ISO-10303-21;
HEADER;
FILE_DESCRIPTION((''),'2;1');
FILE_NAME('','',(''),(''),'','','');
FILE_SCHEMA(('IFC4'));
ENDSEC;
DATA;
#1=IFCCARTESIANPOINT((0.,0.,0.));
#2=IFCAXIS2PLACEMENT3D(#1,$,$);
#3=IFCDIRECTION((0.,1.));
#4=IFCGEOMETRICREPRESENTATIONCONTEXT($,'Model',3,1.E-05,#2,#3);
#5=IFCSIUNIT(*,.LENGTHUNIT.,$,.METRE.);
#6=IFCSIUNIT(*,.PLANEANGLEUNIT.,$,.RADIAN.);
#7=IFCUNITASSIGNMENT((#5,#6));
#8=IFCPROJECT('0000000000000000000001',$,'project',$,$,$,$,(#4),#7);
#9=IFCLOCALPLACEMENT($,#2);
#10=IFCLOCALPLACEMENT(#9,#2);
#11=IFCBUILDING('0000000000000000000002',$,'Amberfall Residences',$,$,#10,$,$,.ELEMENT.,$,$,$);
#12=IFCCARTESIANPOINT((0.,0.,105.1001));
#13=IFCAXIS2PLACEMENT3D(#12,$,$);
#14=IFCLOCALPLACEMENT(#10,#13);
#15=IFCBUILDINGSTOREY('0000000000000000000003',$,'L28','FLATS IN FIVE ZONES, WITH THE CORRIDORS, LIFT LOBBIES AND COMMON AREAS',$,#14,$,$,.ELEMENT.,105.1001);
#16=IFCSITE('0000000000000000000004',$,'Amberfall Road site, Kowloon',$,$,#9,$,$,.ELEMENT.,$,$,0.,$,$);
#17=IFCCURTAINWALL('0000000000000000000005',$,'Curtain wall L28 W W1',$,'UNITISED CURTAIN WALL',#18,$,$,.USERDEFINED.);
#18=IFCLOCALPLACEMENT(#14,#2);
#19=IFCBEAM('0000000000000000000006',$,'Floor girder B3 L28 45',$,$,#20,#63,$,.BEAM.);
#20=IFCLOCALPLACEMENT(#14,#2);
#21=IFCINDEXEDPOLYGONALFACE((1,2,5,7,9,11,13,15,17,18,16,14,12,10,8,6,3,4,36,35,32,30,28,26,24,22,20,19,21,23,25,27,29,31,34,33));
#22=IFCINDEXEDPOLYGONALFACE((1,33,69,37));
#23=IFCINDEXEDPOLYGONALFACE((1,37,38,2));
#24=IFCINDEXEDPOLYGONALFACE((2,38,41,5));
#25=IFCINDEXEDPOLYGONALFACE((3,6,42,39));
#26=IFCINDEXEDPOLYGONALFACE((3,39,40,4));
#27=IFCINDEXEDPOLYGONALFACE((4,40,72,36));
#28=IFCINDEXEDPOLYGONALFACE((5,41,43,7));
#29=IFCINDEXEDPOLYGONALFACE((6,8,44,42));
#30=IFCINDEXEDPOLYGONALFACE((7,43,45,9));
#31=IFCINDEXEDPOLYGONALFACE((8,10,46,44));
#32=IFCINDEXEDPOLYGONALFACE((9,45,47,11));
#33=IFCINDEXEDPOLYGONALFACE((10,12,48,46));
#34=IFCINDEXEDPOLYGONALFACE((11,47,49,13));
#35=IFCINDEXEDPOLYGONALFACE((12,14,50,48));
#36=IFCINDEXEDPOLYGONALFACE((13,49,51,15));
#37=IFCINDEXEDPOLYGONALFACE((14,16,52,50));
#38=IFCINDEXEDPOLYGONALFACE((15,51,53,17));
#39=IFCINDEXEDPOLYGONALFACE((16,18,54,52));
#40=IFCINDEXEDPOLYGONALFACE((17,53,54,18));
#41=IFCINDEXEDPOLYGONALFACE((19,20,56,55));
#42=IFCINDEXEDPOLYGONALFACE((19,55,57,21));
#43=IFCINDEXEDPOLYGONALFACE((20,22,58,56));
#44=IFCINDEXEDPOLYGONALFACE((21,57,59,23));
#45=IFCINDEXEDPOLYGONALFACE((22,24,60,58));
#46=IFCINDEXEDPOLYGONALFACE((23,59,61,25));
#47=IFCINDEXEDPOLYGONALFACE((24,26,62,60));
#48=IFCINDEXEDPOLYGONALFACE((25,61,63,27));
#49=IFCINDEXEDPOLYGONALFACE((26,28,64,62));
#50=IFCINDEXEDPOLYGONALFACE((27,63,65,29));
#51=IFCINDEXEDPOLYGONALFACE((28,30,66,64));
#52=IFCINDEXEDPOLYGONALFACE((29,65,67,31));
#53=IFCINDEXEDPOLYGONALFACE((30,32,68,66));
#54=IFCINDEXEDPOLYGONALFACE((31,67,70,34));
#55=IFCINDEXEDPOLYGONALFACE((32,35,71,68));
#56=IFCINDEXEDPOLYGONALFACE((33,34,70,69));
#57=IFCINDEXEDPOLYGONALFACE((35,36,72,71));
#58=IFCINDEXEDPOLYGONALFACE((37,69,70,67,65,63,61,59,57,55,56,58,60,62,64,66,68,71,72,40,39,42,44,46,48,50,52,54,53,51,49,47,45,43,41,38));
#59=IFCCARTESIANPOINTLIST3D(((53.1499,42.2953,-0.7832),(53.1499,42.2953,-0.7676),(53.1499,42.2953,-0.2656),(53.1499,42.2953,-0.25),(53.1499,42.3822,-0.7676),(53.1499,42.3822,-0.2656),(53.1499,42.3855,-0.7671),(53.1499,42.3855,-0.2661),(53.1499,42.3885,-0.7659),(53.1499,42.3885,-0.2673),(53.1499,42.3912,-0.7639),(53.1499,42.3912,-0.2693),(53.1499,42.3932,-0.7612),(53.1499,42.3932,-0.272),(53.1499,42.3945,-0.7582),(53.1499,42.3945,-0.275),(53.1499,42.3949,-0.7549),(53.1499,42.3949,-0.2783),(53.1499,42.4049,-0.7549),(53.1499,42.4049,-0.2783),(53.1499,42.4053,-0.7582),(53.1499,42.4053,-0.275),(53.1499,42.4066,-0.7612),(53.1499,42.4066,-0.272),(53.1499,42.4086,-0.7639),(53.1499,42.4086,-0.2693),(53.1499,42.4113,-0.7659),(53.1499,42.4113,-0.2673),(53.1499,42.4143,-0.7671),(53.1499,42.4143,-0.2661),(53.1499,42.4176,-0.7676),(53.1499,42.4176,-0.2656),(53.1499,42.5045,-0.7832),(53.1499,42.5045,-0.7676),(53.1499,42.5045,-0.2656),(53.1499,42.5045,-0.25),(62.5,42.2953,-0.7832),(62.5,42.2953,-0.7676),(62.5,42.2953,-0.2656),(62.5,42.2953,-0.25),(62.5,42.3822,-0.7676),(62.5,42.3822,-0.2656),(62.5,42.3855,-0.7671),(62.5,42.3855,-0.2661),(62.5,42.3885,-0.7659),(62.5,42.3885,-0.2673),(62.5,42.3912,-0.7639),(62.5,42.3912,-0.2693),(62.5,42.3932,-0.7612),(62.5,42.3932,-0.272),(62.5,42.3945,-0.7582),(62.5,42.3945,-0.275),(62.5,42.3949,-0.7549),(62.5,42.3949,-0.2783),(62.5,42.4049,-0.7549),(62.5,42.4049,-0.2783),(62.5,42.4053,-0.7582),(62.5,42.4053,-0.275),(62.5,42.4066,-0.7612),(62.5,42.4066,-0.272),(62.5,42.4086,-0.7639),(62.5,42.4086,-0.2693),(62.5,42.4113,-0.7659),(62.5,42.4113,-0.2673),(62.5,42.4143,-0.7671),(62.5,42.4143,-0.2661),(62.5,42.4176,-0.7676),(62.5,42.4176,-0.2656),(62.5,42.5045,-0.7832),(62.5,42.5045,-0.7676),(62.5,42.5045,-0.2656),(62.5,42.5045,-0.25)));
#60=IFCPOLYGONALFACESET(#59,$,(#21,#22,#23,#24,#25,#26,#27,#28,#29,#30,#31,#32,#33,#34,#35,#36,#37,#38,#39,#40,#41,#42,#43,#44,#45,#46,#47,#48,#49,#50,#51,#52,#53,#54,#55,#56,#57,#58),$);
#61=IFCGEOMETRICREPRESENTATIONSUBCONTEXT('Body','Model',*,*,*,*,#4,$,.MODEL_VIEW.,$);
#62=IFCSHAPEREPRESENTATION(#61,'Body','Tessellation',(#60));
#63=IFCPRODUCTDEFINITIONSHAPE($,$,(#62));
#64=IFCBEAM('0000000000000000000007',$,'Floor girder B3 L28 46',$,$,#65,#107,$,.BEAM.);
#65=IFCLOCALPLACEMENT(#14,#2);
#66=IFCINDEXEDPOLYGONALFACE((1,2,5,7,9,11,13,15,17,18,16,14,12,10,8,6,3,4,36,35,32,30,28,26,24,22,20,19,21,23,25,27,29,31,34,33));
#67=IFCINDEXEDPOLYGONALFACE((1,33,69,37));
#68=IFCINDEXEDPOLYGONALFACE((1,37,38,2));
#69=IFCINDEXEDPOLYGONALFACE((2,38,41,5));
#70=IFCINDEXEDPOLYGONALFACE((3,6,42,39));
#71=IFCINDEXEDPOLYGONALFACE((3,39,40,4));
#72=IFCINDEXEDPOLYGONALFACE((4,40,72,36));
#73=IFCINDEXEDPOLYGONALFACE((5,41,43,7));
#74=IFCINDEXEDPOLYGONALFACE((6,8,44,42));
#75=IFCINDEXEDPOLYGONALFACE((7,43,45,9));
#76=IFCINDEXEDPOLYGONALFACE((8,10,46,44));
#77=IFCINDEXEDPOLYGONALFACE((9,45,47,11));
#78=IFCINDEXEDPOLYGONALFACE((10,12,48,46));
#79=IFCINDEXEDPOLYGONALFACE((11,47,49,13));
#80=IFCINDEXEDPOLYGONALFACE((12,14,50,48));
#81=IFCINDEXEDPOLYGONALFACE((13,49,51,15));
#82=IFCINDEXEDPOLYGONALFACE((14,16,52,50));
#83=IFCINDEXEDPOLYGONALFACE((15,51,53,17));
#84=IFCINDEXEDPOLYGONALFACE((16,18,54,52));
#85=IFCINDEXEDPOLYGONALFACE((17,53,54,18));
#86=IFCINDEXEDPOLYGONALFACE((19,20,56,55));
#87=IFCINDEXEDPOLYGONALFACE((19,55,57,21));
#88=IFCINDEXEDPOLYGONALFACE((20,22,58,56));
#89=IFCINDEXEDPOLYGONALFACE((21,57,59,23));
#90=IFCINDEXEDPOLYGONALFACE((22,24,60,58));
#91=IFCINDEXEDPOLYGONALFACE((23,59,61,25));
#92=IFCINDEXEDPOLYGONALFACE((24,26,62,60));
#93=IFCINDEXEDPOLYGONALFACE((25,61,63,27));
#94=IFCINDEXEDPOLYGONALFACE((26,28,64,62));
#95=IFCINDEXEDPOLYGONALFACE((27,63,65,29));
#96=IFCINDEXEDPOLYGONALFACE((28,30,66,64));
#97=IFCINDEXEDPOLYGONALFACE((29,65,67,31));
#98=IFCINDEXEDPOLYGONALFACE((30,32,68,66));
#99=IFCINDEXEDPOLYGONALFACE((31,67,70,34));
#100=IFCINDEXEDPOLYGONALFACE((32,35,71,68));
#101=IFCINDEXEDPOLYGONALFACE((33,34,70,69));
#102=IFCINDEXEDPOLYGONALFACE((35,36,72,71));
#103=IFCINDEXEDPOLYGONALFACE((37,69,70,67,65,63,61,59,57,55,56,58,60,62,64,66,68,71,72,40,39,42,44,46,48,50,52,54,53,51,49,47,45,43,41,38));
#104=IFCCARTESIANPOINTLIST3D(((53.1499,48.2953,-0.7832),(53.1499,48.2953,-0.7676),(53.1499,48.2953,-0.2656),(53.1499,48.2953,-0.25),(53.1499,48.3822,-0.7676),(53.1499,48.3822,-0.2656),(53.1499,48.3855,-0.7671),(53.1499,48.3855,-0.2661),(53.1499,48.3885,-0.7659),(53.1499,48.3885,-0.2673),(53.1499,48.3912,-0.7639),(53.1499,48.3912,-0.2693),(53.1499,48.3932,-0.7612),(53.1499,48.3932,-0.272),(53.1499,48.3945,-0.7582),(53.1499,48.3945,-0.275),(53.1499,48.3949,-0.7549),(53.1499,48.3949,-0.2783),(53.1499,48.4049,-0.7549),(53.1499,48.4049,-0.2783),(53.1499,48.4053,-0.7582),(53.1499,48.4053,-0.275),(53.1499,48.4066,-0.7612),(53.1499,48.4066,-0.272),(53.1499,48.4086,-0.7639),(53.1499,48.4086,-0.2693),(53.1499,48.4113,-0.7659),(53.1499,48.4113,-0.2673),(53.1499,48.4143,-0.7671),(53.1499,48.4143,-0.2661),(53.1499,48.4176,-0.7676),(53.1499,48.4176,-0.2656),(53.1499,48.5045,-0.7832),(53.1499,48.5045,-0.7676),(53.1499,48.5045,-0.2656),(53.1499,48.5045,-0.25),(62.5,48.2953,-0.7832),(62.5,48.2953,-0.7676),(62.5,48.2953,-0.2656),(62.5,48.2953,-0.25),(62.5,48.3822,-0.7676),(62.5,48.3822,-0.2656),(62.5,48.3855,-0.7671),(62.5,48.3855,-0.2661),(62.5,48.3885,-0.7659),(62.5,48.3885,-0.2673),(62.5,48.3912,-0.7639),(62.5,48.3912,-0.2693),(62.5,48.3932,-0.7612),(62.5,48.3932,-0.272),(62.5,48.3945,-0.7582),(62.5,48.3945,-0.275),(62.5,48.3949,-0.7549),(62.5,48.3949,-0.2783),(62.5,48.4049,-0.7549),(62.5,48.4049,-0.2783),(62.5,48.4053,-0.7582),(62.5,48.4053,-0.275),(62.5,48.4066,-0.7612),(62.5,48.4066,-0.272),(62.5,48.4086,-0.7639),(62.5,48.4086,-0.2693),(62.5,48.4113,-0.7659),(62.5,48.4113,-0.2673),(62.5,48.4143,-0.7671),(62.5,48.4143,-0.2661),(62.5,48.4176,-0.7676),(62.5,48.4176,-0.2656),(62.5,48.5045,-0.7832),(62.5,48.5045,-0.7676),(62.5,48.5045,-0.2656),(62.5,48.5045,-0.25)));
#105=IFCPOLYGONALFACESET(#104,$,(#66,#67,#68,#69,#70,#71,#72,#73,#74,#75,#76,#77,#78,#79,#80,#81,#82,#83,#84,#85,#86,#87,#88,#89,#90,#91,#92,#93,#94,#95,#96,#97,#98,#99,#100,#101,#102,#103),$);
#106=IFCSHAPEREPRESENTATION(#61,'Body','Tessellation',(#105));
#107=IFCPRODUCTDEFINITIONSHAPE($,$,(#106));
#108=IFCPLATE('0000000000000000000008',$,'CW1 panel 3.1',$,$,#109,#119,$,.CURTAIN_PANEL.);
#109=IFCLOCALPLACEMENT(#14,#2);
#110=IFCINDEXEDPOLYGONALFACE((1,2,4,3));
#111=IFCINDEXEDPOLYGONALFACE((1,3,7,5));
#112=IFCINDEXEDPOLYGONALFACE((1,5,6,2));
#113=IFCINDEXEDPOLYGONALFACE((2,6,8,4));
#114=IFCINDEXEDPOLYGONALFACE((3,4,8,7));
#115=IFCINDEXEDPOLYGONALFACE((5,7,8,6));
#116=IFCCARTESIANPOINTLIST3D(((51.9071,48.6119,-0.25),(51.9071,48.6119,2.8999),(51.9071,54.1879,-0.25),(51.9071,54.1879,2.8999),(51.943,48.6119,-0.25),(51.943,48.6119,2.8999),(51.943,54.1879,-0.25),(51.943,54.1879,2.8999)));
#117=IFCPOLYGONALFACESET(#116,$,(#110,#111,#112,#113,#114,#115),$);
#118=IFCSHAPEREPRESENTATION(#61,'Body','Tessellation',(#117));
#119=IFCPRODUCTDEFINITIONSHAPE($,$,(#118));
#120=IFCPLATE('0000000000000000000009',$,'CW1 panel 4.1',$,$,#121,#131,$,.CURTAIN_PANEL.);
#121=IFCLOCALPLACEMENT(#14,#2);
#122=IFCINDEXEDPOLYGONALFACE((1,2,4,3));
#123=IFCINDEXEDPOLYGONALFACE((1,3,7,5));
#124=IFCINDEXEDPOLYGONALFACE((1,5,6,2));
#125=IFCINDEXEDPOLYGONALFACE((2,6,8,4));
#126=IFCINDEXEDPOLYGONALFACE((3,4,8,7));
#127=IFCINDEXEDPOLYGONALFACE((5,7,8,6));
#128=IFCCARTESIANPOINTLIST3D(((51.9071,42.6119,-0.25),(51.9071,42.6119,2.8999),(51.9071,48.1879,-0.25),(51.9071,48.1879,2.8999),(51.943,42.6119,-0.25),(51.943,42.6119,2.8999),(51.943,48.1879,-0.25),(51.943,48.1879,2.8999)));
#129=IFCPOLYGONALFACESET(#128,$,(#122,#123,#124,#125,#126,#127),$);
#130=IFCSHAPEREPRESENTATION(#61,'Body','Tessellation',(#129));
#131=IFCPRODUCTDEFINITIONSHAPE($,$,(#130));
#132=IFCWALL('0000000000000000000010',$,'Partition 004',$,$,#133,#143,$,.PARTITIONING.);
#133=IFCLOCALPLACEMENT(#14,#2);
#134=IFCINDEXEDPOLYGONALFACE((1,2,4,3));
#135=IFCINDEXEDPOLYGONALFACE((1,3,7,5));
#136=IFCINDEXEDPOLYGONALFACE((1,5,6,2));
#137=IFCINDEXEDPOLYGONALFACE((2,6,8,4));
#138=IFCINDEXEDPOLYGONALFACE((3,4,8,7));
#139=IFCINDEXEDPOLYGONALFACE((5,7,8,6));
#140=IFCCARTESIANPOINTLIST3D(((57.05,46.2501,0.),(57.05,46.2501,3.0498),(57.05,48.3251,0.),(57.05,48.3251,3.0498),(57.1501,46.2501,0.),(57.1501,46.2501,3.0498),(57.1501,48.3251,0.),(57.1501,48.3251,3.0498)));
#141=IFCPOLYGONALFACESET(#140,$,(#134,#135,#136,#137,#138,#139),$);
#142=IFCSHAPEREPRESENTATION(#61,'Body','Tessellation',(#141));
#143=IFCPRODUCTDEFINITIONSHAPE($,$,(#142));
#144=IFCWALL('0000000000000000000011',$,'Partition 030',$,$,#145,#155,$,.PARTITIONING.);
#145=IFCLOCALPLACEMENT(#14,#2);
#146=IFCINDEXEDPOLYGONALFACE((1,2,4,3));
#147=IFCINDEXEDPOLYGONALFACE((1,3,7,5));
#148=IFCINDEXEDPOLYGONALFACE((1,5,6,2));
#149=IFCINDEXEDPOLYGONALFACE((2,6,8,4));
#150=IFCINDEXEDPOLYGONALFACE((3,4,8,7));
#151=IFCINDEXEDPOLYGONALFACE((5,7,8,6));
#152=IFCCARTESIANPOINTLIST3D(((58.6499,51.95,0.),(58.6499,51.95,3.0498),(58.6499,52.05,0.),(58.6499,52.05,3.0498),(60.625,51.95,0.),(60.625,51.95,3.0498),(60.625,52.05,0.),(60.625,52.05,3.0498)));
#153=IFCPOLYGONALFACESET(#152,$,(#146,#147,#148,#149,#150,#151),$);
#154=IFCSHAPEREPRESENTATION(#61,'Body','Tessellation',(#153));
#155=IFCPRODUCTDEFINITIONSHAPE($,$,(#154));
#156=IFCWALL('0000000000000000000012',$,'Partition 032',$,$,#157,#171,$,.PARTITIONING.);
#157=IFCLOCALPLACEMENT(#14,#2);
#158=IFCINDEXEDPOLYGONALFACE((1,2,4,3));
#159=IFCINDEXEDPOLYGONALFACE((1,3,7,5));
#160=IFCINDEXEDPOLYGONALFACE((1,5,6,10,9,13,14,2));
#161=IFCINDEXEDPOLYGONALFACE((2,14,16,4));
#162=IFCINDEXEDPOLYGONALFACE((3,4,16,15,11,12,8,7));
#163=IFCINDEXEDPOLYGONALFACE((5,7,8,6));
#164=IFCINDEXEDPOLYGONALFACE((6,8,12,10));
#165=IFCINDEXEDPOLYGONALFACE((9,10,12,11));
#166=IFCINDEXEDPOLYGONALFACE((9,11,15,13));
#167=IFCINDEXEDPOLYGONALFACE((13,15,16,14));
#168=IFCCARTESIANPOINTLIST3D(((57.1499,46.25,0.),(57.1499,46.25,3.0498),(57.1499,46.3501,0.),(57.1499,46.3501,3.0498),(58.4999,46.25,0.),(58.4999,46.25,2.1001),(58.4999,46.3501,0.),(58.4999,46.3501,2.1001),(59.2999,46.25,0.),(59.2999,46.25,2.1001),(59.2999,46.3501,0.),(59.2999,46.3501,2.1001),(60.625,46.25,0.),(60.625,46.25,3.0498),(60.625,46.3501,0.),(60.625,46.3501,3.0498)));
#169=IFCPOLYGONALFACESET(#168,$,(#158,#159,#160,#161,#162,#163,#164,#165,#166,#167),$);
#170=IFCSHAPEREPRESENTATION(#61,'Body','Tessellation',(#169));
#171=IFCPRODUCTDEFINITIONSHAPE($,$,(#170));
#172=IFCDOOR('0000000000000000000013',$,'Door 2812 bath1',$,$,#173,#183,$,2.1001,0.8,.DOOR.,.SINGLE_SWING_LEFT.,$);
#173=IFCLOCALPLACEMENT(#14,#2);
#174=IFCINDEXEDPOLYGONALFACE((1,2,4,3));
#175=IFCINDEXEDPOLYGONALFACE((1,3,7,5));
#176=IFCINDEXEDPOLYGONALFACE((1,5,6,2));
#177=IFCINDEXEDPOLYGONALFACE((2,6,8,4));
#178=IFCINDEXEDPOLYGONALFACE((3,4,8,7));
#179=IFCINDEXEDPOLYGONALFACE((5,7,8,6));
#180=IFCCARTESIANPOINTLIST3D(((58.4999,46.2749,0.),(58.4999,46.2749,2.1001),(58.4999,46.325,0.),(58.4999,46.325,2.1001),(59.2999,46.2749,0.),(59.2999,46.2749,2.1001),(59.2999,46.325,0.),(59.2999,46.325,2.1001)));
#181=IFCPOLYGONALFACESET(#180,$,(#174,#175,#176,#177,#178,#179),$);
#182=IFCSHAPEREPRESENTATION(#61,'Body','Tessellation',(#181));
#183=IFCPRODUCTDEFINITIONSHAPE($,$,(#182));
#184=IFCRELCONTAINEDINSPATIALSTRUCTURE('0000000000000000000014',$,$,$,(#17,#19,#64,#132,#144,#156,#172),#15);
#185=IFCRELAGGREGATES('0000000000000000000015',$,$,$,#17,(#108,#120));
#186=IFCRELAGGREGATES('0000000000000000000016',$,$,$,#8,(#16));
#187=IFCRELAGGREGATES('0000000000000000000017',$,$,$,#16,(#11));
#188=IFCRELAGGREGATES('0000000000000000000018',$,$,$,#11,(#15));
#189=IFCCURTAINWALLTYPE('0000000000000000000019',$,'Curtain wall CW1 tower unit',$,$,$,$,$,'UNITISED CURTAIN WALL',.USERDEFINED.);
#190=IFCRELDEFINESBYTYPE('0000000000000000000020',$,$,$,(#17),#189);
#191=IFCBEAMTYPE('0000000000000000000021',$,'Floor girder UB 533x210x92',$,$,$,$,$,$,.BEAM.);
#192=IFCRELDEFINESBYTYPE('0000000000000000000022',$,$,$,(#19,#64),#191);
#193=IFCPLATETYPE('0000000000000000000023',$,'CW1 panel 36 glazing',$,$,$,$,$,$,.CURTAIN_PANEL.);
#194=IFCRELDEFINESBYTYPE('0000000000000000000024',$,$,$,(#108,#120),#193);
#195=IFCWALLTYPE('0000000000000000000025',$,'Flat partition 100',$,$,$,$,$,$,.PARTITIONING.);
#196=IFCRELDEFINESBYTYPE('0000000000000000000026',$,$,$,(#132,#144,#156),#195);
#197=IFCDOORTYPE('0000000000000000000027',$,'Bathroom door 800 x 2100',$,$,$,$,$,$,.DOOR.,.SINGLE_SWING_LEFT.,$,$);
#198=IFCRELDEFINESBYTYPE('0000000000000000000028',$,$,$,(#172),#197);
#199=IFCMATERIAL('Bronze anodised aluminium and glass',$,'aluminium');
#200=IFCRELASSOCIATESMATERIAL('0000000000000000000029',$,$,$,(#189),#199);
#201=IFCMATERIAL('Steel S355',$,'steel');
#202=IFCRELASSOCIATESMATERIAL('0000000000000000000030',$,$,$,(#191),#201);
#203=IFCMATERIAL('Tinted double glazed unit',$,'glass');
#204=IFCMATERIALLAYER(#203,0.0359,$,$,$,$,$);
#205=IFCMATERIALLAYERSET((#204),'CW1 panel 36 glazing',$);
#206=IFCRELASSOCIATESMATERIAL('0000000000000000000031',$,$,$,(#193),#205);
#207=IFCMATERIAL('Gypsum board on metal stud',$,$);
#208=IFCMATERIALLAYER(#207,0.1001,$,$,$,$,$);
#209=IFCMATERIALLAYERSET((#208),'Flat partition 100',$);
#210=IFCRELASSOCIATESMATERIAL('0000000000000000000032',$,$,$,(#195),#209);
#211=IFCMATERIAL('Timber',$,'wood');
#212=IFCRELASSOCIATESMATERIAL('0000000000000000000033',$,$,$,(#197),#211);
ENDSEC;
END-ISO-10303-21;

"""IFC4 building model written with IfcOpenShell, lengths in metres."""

from ifc_helpers import new_model, si_unit, direction, frame, frame_2d, origin, origin_2d, place, context, subcontext, project, spatial, rectangle, i_section, extrude, material, layer, layer_set, material_profile, profile_set, type_object, element, fill, aggregate, save


model = new_model("IFC4")

# Units and contexts
model_context = context("Model", 3, precision=1e-05, world=origin(), true_north=direction((0.0, 1.0)))
body_context = subcontext(model_context, "Body", "Model", "MODEL_VIEW")
ifc_project = project(units=[si_unit("LENGTHUNIT", "METRE"), si_unit("PLANEANGLEUNIT", "RADIAN")], contexts=[model_context])

# Site, building, storey
site_placement = place(None, origin())
site = spatial("IfcSite", under=ifc_project, at=site_placement, Name="Amberfall Road site, Kowloon", CompositionType="ELEMENT", RefElevation=0.0)
building_placement = place(site_placement, origin())
building = spatial("IfcBuilding", under=site, at=building_placement, Name="Amberfall Residences", CompositionType="ELEMENT")
storey_placement = place(building_placement, frame((0.0, 0.0, 105.1001)))
storey = spatial("IfcBuildingStorey", under=building, at=storey_placement, Name="L28", Description="FLATS IN FIVE ZONES, WITH THE CORRIDORS, LIFT LOBBIES AND COMMON AREAS", CompositionType="ELEMENT", Elevation=105.1001)

# Curtain wall
ifc_material_1 = material(Name="Bronze anodised aluminium and glass", Category="aluminium")
curtain_wall_type = type_object("IfcCurtainWallType", Name="Curtain wall CW1 tower unit", ElementType="UNITISED CURTAIN WALL", PredefinedType="USERDEFINED", material=ifc_material_1)
curtain_wall_placement = place(storey_placement, origin())
curtain_wall = element("IfcCurtainWall", 1, at=curtain_wall_placement, inside=storey, type_object=curtain_wall_type, Name="Curtain wall L28 W W1", ObjectType="UNITISED CURTAIN WALL", PredefinedType="USERDEFINED")

# Shared definitions
ifc_material_2 = material(Name="Steel S355", Category="steel")

# Beams
ifc_material_profile_1 = material_profile(ifc_material_2, i_section(OverallWidth=0.2092, OverallDepth=0.5332, WebThickness=0.01, FlangeThickness=0.0156, FilletRadius=0.0127, at=origin_2d()), Name="UB 533x210x92")
ifc_profile_set_1 = profile_set([ifc_material_profile_1], Name="Steel S355")
beam_type_1 = type_object("IfcBeamType", Name="Floor girder UB 533x210x92", PredefinedType="BEAM", material=ifc_profile_set_1)
for number, where, z_axis, x_axis, name in (
    (2, (53.1499, 42.3999, -0.5166), (1.0, 0.0, 0.0), (0.0, 1.0, 0.0), "Floor girder B3 L28 45"),
    (3, (53.1499, 48.3999, -0.5166), (1.0, 0.0, 0.0), (0.0, 1.0, 0.0), "Floor girder B3 L28 46"),
):
    element("IfcBeam", number, at=place(storey_placement, frame(where, z_axis=z_axis, x_axis=x_axis)), inside=storey, type_object=beam_type_1, Name=name, PredefinedType="BEAM", context=body_context, shape_type="SweptSolid", body=[
        extrude(i_section(OverallWidth=0.2092, OverallDepth=0.5332, WebThickness=0.01, FlangeThickness=0.0156, FilletRadius=0.0127, at=origin_2d()), origin(), (0.0, 0.0, 1.0), 9.3501),
    ])

# Plates
ifc_material_3 = material(Name="Tinted double glazed unit", Category="glass")
ifc_layer_1 = layer(ifc_material_3, 0.0359)
ifc_layer_set_1 = layer_set([ifc_layer_1], Name="CW1 panel 36 glazing")
plate_type = type_object("IfcPlateType", Name="CW1 panel 36 glazing", PredefinedType="CURTAIN_PANEL", material=ifc_layer_set_1)
plate_1_placement = place(storey_placement, frame((51.925, 51.3999, -0.25), z_axis=(0.0, 0.0, 1.0), x_axis=(0.0, -1.0, 0.0)))
plate_1 = element("IfcPlate", 4, at=plate_1_placement, type_object=plate_type, Name="CW1 panel 3.1", PredefinedType="CURTAIN_PANEL", context=body_context, shape_type="SweptSolid", body=[
    extrude(rectangle(XDim=5.5759, YDim=0.0359, at=origin_2d()), origin(), (0.0, 0.0, 1.0), 3.1499),
])
plate_2_placement = place(storey_placement, frame((51.925, 45.3999, -0.25), z_axis=(0.0, 0.0, 1.0), x_axis=(0.0, -1.0, 0.0)))
plate_2 = element("IfcPlate", 5, at=plate_2_placement, type_object=plate_type, Name="CW1 panel 4.1", PredefinedType="CURTAIN_PANEL", context=body_context, shape_type="SweptSolid", body=[
    extrude(rectangle(XDim=5.5759, YDim=0.0359, at=origin_2d()), origin(), (0.0, 0.0, 1.0), 3.1499),
])
aggregate(curtain_wall, [plate_1, plate_2])

# Walls
ifc_material_4 = material(Name="Gypsum board on metal stud")
ifc_layer_2 = layer(ifc_material_4, 0.1001)
ifc_layer_set_2 = layer_set([ifc_layer_2], Name="Flat partition 100")
wall_type_1 = type_object("IfcWallType", Name="Flat partition 100", PredefinedType="PARTITIONING", material=ifc_layer_set_2)
wall_1_placement = place(storey_placement, frame((57.1001, 46.25, 0.0), z_axis=(0.0, 0.0, 1.0), x_axis=(0.0, 1.0, 0.0)))
element("IfcWall", 6, at=wall_1_placement, inside=storey, type_object=wall_type_1, Name="Partition 004", PredefinedType="PARTITIONING", context=body_context, shape_type="SweptSolid", body=[
    extrude(rectangle(XDim=2.075, YDim=0.1001, at=frame_2d((1.0376, 0.0))), origin(), (0.0, 0.0, 1.0), 3.0498),
])
wall_2_placement = place(storey_placement, frame((58.6499, 52.0, 0.0), z_axis=(0.0, 0.0, 1.0), x_axis=(1.0, 0.0, 0.0)))
element("IfcWall", 7, at=wall_2_placement, inside=storey, type_object=wall_type_1, Name="Partition 030", PredefinedType="PARTITIONING", context=body_context, shape_type="SweptSolid", body=[
    extrude(rectangle(XDim=1.9751, YDim=0.1001, at=frame_2d((0.9875, 0.0))), origin(), (0.0, 0.0, 1.0), 3.0498),
])

# Wall, opening, door
wall_3_placement = place(storey_placement, frame((57.1499, 46.3, 0.0), z_axis=(0.0, 0.0, 1.0), x_axis=(1.0, 0.0, 0.0)))
wall_3 = element("IfcWall", 8, at=wall_3_placement, inside=storey, type_object=wall_type_1, Name="Partition 032", PredefinedType="PARTITIONING", context=body_context, shape_type="SweptSolid", body=[
    extrude(rectangle(XDim=3.4751, YDim=0.1001, at=frame_2d((1.7375, 0.0))), origin(), (0.0, 0.0, 1.0), 3.0498),
])
opening_placement = place(wall_3_placement, frame((1.3501, 0.0, 0.0)))
opening = element("IfcOpeningElement", 9, at=opening_placement, cuts=wall_3, PredefinedType="OPENING", context=body_context, shape_type="SweptSolid", body=[
    extrude(rectangle(XDim=0.8, YDim=2.1001, at=frame_2d((0.3999, 1.05))), frame((0.0, 0.0601, 0.0), z_axis=(0.0, -1.0, 0.0), x_axis=(1.0, 0.0, 0.0)), (0.0, 0.0, 1.0), 0.1201),
])
ifc_material_5 = material(Name="Timber", Category="wood")
door_type = type_object("IfcDoorType", Name="Bathroom door 800 x 2100", OperationType="SINGLE_SWING_LEFT", PredefinedType="DOOR", material=ifc_material_5)
door_placement = place(opening_placement, origin())
door = element("IfcDoor", 10, at=door_placement, inside=storey, type_object=door_type, Name="Door 2812 bath1", OperationType="SINGLE_SWING_LEFT", OverallHeight=2.1001, OverallWidth=0.8, PredefinedType="DOOR", context=body_context, shape_type="SweptSolid", body=[
    extrude(rectangle(XDim=0.8, YDim=2.1001, at=frame_2d((0.3999, 1.05))), frame((0.0, 0.0249, 0.0), z_axis=(0.0, -1.0, 0.0), x_axis=(1.0, 0.0, 0.0)), (0.0, 0.0, 1.0), 0.05),
])
fill(opening, door)

save(model, "model.ifc")
